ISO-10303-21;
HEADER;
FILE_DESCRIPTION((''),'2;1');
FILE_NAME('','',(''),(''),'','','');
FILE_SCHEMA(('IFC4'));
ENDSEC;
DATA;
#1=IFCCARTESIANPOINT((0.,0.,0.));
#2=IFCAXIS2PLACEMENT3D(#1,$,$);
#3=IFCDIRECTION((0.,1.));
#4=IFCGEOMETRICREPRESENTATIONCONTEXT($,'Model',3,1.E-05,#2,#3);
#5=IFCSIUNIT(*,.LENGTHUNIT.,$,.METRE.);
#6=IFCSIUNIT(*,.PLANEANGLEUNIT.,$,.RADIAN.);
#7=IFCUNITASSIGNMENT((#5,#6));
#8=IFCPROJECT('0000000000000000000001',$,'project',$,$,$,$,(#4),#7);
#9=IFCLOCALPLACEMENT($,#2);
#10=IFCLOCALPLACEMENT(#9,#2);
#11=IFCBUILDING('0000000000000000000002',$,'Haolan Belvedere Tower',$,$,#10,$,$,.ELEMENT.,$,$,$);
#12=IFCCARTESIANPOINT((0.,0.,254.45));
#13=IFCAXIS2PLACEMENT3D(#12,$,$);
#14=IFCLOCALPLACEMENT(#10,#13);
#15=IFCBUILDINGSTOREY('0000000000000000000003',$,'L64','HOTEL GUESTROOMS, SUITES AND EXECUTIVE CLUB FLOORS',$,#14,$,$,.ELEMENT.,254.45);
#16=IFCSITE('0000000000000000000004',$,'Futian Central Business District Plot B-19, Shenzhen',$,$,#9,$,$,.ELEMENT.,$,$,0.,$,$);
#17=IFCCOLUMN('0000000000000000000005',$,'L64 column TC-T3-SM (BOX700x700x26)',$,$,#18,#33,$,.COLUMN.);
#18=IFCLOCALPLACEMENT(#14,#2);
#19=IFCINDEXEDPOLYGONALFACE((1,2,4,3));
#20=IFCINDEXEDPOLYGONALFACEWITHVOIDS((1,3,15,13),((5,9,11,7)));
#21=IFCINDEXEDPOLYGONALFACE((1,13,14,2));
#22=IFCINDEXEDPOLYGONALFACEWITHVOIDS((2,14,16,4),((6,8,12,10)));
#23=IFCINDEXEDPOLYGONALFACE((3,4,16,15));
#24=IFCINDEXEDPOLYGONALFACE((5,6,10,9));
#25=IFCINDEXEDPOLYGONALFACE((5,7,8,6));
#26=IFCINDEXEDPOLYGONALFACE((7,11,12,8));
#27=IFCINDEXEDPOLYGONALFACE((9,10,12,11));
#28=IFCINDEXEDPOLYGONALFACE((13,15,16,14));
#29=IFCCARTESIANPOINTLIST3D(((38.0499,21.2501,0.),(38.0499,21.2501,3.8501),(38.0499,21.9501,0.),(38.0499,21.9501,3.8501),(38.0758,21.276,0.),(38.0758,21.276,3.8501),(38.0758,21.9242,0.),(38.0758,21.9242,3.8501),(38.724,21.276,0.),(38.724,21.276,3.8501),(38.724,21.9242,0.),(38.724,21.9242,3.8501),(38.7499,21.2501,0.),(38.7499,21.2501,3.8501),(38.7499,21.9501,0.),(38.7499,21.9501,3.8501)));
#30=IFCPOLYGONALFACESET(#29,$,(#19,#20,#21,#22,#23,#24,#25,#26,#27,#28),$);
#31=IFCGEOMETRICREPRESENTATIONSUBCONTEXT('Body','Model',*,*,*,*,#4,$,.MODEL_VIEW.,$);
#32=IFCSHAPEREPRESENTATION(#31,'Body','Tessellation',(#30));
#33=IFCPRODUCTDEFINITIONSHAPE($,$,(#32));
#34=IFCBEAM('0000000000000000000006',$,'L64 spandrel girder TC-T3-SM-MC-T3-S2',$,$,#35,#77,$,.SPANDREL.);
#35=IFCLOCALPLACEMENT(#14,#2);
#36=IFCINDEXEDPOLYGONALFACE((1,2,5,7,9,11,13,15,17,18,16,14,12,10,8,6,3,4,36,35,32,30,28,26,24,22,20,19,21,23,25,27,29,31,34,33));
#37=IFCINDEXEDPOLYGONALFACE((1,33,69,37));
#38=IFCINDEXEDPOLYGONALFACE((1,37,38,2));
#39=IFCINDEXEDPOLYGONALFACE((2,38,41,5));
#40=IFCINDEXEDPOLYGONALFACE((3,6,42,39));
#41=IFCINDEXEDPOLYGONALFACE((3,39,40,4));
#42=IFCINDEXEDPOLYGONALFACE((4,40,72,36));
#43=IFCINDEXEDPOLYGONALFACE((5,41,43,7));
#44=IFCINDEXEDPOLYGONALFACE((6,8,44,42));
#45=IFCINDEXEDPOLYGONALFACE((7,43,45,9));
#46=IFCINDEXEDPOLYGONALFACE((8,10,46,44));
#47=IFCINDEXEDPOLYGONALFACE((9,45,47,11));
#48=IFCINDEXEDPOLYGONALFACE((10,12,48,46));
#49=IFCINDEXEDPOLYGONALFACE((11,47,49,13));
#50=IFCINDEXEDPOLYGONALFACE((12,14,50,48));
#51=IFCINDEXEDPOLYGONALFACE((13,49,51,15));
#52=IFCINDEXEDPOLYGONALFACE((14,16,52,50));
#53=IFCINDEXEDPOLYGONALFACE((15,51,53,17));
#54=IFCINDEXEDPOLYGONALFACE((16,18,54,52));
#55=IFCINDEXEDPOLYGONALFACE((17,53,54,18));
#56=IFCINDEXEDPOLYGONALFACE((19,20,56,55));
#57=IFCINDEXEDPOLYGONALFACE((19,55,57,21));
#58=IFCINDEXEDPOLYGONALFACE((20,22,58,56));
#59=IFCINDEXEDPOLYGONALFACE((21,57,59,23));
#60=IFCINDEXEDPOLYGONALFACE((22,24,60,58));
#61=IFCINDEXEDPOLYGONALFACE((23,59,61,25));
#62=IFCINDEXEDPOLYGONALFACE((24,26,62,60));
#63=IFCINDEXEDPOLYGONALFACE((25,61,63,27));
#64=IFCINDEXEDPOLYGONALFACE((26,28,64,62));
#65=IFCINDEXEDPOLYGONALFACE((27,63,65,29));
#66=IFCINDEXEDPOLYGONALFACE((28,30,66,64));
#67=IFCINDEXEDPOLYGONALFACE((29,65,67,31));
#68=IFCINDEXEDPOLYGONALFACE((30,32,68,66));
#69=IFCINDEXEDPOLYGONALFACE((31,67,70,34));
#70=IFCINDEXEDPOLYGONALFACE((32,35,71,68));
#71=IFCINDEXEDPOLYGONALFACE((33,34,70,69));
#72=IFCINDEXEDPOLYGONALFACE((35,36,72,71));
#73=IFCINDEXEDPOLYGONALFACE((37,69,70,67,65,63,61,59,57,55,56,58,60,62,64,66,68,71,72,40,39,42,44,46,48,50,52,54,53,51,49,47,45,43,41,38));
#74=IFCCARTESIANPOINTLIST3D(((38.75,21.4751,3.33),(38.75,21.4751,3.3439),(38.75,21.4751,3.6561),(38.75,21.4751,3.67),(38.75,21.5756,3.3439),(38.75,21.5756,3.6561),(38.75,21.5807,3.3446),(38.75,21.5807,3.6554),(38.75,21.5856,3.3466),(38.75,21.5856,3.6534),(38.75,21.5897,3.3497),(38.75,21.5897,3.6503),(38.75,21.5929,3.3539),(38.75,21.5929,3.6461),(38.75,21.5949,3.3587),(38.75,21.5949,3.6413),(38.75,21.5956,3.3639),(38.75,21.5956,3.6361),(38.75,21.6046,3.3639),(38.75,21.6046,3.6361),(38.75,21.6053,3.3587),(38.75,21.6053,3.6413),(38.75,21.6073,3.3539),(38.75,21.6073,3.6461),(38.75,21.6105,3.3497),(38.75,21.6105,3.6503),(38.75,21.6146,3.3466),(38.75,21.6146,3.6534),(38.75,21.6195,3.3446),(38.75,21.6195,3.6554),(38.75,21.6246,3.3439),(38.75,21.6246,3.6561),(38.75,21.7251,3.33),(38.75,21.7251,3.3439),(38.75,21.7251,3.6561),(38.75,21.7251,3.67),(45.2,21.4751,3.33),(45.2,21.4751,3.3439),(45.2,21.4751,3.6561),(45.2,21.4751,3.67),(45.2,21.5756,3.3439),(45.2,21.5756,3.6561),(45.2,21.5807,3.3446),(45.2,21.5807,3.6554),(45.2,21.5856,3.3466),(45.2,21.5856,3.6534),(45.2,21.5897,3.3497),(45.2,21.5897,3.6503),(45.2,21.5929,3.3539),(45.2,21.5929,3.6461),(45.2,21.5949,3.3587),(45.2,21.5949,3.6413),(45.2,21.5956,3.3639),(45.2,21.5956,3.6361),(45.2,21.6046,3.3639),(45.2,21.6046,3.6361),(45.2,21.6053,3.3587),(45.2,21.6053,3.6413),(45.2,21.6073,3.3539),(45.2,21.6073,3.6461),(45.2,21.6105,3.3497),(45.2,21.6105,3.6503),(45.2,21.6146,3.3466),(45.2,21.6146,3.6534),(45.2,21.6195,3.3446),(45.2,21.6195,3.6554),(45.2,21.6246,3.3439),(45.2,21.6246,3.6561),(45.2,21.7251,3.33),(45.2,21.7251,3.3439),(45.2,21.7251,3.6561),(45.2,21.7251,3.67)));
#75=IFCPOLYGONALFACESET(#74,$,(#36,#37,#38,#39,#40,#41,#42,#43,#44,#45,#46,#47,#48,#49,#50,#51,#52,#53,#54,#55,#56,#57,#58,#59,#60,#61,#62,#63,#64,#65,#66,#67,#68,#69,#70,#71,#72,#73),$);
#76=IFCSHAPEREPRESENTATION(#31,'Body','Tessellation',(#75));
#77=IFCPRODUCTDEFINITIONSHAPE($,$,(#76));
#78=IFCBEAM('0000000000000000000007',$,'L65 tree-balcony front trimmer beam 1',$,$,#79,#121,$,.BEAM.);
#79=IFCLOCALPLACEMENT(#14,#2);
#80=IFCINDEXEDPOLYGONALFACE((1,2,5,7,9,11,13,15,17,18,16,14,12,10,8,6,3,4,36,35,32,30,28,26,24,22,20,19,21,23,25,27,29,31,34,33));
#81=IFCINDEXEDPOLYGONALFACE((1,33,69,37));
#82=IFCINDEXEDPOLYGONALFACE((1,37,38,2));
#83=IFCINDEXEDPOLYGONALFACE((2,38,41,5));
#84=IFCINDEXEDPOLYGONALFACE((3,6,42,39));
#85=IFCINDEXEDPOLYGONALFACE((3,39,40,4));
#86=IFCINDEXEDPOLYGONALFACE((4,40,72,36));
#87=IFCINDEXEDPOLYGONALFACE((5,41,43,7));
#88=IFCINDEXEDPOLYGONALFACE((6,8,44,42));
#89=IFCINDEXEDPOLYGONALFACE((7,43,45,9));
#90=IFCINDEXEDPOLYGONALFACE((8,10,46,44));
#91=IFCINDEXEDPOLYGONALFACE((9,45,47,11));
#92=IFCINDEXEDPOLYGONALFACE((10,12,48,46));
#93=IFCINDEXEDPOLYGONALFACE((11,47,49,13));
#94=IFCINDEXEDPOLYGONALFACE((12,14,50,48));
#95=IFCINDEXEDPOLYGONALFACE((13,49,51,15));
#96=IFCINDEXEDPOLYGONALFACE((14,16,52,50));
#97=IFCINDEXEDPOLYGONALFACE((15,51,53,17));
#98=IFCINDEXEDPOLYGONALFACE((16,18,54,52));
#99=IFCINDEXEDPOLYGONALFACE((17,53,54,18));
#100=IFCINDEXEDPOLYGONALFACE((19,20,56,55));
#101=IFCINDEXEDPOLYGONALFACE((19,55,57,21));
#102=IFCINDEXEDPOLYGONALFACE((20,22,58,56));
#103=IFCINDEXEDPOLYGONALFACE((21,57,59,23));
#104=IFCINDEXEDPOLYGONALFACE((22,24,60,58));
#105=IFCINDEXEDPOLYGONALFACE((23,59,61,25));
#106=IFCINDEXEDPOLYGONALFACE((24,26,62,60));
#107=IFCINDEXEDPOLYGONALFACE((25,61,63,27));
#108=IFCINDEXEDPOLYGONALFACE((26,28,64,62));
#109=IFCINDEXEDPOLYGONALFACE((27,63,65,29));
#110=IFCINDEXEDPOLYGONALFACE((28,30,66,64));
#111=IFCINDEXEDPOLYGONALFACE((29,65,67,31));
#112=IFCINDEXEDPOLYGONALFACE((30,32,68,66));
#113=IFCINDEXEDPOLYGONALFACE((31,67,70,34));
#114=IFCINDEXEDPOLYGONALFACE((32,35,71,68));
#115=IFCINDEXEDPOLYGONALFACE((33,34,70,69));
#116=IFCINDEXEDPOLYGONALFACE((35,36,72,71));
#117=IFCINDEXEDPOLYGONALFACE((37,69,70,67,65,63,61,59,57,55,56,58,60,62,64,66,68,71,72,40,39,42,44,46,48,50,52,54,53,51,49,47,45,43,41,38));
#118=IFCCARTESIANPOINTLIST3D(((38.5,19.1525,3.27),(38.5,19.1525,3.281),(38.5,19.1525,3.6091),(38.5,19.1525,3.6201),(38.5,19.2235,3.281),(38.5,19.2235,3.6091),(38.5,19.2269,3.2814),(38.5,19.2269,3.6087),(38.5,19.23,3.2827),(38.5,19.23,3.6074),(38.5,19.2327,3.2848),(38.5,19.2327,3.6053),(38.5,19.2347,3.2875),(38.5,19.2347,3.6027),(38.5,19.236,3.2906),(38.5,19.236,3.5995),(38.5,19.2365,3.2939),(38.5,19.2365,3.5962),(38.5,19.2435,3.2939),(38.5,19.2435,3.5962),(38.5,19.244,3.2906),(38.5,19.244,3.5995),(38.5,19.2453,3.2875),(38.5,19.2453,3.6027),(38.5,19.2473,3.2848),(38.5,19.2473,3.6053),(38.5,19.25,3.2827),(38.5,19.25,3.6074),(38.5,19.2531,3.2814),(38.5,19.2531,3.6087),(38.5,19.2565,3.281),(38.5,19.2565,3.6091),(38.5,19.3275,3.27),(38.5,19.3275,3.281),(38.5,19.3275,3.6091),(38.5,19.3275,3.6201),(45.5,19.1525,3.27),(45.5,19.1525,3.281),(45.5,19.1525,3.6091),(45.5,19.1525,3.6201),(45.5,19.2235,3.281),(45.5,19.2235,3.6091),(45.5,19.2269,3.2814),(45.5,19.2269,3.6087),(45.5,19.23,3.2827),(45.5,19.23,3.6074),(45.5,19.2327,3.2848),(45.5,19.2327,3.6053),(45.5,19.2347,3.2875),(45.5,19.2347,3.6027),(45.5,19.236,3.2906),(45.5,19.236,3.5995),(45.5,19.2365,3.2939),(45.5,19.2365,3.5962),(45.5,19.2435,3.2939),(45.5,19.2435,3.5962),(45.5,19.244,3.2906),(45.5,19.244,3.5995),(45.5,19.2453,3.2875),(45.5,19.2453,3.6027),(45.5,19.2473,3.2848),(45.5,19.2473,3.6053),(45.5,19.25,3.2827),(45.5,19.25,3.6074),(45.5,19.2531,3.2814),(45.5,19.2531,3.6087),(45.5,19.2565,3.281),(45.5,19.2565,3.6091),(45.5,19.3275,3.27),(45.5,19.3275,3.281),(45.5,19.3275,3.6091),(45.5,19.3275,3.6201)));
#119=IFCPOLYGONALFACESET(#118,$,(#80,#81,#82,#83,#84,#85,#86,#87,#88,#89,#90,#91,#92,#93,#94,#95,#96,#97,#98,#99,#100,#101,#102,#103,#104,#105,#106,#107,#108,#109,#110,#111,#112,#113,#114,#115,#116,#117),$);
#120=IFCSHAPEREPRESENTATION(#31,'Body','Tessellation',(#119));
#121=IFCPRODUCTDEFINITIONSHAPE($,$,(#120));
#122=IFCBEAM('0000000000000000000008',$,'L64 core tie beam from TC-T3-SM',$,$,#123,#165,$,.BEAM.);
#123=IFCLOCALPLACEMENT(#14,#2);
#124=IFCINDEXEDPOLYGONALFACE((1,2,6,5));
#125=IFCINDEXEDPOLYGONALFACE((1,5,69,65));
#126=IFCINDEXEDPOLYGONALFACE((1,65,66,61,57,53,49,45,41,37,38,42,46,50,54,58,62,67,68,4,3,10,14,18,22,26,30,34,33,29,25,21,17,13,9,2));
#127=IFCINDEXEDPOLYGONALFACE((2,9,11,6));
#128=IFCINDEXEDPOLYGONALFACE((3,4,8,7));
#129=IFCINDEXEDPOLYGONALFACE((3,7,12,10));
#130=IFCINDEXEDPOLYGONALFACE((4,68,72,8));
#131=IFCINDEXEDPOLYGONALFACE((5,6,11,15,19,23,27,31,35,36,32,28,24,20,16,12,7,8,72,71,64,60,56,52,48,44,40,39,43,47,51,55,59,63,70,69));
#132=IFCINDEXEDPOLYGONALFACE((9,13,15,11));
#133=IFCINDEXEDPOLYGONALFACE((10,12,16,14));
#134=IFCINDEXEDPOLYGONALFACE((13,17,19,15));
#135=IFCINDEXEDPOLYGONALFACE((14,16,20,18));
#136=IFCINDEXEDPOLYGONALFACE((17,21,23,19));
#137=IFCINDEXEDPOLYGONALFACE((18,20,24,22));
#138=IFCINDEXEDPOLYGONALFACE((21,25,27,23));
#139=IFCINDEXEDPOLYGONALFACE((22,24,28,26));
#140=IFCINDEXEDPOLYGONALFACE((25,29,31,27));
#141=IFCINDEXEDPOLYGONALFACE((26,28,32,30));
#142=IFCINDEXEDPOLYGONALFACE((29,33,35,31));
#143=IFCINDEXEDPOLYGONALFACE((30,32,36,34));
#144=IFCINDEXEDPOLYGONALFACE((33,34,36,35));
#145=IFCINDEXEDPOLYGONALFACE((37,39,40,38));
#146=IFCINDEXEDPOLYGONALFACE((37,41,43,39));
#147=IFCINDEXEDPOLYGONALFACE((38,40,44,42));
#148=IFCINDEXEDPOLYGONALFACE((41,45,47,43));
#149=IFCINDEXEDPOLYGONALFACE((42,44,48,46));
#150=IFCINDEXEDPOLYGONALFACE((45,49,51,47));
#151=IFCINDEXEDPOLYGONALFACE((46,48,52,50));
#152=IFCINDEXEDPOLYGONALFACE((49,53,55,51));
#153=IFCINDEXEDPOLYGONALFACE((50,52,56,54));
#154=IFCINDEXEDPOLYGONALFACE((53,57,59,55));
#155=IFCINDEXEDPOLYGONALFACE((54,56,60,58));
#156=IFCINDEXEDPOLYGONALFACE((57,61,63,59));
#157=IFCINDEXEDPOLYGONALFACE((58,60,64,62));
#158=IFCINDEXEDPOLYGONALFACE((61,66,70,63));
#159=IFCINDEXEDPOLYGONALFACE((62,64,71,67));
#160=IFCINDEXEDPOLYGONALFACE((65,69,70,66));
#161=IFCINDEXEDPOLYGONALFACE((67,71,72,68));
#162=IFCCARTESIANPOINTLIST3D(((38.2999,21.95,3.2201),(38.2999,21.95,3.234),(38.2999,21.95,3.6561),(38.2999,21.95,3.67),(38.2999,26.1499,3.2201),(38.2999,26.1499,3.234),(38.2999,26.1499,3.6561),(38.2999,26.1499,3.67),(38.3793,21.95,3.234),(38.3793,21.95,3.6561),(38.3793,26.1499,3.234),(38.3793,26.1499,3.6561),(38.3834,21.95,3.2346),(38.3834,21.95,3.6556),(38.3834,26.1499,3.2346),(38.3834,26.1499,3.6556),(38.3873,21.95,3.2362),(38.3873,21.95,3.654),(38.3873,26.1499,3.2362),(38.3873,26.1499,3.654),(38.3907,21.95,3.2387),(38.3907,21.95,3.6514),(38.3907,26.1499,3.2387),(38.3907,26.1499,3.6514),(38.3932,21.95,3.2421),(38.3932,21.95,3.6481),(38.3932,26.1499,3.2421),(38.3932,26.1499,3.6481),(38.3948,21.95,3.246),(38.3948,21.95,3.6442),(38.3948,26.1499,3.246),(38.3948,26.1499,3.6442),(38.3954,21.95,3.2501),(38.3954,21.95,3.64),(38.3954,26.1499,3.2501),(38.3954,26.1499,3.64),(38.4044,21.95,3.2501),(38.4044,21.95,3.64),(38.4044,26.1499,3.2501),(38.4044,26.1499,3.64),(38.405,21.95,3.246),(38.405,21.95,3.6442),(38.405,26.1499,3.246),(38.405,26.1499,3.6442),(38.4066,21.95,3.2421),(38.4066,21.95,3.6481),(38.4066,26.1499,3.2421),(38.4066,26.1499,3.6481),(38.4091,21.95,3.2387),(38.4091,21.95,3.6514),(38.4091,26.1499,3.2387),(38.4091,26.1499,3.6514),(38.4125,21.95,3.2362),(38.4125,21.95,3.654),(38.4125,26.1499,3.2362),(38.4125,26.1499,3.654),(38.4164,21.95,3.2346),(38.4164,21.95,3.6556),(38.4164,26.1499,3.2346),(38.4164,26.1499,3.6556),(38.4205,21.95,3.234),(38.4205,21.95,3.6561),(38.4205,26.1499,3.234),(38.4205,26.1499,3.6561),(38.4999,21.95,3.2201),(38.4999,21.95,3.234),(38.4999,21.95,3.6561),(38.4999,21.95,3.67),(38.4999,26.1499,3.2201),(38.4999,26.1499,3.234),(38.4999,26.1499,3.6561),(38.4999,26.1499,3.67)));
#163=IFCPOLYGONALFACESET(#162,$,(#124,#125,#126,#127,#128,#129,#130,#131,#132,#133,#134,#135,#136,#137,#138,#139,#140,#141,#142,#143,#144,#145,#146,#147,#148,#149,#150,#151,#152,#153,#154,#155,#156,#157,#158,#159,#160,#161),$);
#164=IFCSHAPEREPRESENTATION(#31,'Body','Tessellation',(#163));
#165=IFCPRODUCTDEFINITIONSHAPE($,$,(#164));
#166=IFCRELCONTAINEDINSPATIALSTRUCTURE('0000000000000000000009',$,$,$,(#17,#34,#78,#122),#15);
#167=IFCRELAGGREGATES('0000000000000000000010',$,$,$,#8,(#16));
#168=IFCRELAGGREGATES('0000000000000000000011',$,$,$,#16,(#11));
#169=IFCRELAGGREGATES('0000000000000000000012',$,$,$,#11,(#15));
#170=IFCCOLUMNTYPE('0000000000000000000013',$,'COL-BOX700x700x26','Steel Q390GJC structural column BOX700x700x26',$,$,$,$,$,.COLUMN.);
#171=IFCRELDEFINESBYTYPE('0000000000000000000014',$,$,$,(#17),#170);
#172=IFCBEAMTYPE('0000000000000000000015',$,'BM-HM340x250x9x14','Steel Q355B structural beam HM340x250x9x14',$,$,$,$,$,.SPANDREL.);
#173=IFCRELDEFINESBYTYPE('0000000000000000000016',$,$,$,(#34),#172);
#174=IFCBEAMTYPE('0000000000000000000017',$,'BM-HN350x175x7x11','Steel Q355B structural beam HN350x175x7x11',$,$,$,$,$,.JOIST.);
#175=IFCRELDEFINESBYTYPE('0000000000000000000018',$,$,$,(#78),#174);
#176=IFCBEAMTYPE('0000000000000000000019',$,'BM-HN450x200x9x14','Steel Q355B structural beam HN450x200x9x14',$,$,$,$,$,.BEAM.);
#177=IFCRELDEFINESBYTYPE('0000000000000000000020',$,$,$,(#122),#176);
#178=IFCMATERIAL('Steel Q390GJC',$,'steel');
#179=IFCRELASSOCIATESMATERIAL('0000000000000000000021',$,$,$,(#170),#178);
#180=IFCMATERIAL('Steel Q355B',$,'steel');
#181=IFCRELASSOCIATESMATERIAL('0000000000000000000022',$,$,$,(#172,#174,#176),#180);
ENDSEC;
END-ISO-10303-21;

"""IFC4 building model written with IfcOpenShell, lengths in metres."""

from ifc_helpers import new_model, si_unit, direction, frame, origin, origin_2d, place, context, subcontext, project, spatial, hollow_rectangle, i_section, extrude, material, material_profile, profile_set, type_object, element, save


model = new_model("IFC4")

# Units and contexts
model_context = context("Model", 3, precision=1e-05, world=origin(), true_north=direction((0.0, 1.0)))
body_context = subcontext(model_context, "Body", "Model", "MODEL_VIEW")
ifc_project = project(units=[si_unit("LENGTHUNIT", "METRE"), si_unit("PLANEANGLEUNIT", "RADIAN")], contexts=[model_context])

# Site, building, storey
site_placement = place(None, origin())
site = spatial("IfcSite", under=ifc_project, at=site_placement, Name="Futian Central Business District Plot B-19, Shenzhen", CompositionType="ELEMENT", RefElevation=0.0)
building_placement = place(site_placement, origin())
building = spatial("IfcBuilding", under=site, at=building_placement, Name="Haolan Belvedere Tower", CompositionType="ELEMENT")
storey_placement = place(building_placement, frame((0.0, 0.0, 254.45)))
storey = spatial("IfcBuildingStorey", under=building, at=storey_placement, Name="L64", Description="HOTEL GUESTROOMS, SUITES AND EXECUTIVE CLUB FLOORS", CompositionType="ELEMENT", Elevation=254.45)

# Column
ifc_material_1 = material(Name="Steel Q390GJC", Category="steel")
ifc_material_profile_1 = material_profile(ifc_material_1, hollow_rectangle(XDim=0.7, YDim=0.7, WallThickness=0.0259, at=origin_2d()), Name="Steel Q390GJC")
ifc_profile_set_1 = profile_set([ifc_material_profile_1], Name="Steel Q390GJC")
column_type = type_object("IfcColumnType", Name="COL-BOX700x700x26", Description="Steel Q390GJC structural column BOX700x700x26", PredefinedType="COLUMN", material=ifc_profile_set_1)
column_placement = place(storey_placement, frame((38.3999, 21.6001, 0.0), z_axis=(0.0, 0.0, 1.0), x_axis=(1.0, 0.0, 0.0)))
element("IfcColumn", 1, at=column_placement, inside=storey, type_object=column_type, Name="L64 column TC-T3-SM (BOX700x700x26)", PredefinedType="COLUMN", context=body_context, shape_type="SweptSolid", body=[
    extrude(hollow_rectangle(XDim=0.7, YDim=0.7, WallThickness=0.0259, at=origin_2d()), origin(), (0.0, 0.0, 1.0), 3.8501),
])

# Beams
ifc_material_2 = material(Name="Steel Q355B", Category="steel")
ifc_material_profile_2 = material_profile(ifc_material_2, i_section(OverallWidth=0.25, OverallDepth=0.3401, WebThickness=0.009, FlangeThickness=0.0139, FilletRadius=0.02, at=origin_2d()), Name="Steel Q355B")
ifc_profile_set_2 = profile_set([ifc_material_profile_2], Name="Steel Q355B")
beam_type_1 = type_object("IfcBeamType", Name="BM-HM340x250x9x14", Description="Steel Q355B structural beam HM340x250x9x14", PredefinedType="SPANDREL", material=ifc_profile_set_2)
beam_1_placement = place(storey_placement, frame((38.75, 21.6001, 3.5), z_axis=(1.0, 0.0, 0.0), x_axis=(0.0, 1.0, 0.0)))
element("IfcBeam", 2, at=beam_1_placement, inside=storey, type_object=beam_type_1, Name="L64 spandrel girder TC-T3-SM-MC-T3-S2", PredefinedType="SPANDREL", context=body_context, shape_type="SweptSolid", body=[
    extrude(i_section(OverallWidth=0.25, OverallDepth=0.3401, WebThickness=0.009, FlangeThickness=0.0139, FilletRadius=0.02, at=origin_2d()), origin(), (0.0, 0.0, 1.0), 6.45),
])
ifc_material_profile_3 = material_profile(ifc_material_2, i_section(OverallWidth=0.175, OverallDepth=0.3501, WebThickness=0.0071, FlangeThickness=0.011, FilletRadius=0.0129, at=origin_2d()), Name="Steel Q355B")
ifc_profile_set_3 = profile_set([ifc_material_profile_3], Name="Steel Q355B")
beam_type_2 = type_object("IfcBeamType", Name="BM-HN350x175x7x11", Description="Steel Q355B structural beam HN350x175x7x11", PredefinedType="JOIST", material=ifc_profile_set_3)
beam_2_placement = place(storey_placement, frame((38.5, 19.24, 3.4451), z_axis=(1.0, 0.0, 0.0), x_axis=(0.0, 1.0, 0.0)))
element("IfcBeam", 3, at=beam_2_placement, inside=storey, type_object=beam_type_2, Name="L65 tree-balcony front trimmer beam 1", PredefinedType="BEAM", context=body_context, shape_type="SweptSolid", body=[
    extrude(i_section(OverallWidth=0.175, OverallDepth=0.3501, WebThickness=0.0071, FlangeThickness=0.011, FilletRadius=0.0129, at=origin_2d()), origin(), (0.0, 0.0, 1.0), 7.0),
])
ifc_material_profile_4 = material_profile(ifc_material_2, i_section(OverallWidth=0.2, OverallDepth=0.45, WebThickness=0.009, FlangeThickness=0.0139, FilletRadius=0.0161, at=origin_2d()), Name="Steel Q355B")
ifc_profile_set_4 = profile_set([ifc_material_profile_4], Name="Steel Q355B")
beam_type_3 = type_object("IfcBeamType", Name="BM-HN450x200x9x14", Description="Steel Q355B structural beam HN450x200x9x14", PredefinedType="BEAM", material=ifc_profile_set_4)
beam_3_placement = place(storey_placement, frame((38.3999, 21.95, 3.4451), z_axis=(0.0, 1.0, 0.0), x_axis=(-1.0, 0.0, 0.0)))
element("IfcBeam", 4, at=beam_3_placement, inside=storey, type_object=beam_type_3, Name="L64 core tie beam from TC-T3-SM", PredefinedType="BEAM", context=body_context, shape_type="SweptSolid", body=[
    extrude(i_section(OverallWidth=0.2, OverallDepth=0.45, WebThickness=0.009, FlangeThickness=0.0139, FilletRadius=0.0161, at=origin_2d()), origin(), (0.0, 0.0, 1.0), 4.2),
])

save(model, "model.ifc")
